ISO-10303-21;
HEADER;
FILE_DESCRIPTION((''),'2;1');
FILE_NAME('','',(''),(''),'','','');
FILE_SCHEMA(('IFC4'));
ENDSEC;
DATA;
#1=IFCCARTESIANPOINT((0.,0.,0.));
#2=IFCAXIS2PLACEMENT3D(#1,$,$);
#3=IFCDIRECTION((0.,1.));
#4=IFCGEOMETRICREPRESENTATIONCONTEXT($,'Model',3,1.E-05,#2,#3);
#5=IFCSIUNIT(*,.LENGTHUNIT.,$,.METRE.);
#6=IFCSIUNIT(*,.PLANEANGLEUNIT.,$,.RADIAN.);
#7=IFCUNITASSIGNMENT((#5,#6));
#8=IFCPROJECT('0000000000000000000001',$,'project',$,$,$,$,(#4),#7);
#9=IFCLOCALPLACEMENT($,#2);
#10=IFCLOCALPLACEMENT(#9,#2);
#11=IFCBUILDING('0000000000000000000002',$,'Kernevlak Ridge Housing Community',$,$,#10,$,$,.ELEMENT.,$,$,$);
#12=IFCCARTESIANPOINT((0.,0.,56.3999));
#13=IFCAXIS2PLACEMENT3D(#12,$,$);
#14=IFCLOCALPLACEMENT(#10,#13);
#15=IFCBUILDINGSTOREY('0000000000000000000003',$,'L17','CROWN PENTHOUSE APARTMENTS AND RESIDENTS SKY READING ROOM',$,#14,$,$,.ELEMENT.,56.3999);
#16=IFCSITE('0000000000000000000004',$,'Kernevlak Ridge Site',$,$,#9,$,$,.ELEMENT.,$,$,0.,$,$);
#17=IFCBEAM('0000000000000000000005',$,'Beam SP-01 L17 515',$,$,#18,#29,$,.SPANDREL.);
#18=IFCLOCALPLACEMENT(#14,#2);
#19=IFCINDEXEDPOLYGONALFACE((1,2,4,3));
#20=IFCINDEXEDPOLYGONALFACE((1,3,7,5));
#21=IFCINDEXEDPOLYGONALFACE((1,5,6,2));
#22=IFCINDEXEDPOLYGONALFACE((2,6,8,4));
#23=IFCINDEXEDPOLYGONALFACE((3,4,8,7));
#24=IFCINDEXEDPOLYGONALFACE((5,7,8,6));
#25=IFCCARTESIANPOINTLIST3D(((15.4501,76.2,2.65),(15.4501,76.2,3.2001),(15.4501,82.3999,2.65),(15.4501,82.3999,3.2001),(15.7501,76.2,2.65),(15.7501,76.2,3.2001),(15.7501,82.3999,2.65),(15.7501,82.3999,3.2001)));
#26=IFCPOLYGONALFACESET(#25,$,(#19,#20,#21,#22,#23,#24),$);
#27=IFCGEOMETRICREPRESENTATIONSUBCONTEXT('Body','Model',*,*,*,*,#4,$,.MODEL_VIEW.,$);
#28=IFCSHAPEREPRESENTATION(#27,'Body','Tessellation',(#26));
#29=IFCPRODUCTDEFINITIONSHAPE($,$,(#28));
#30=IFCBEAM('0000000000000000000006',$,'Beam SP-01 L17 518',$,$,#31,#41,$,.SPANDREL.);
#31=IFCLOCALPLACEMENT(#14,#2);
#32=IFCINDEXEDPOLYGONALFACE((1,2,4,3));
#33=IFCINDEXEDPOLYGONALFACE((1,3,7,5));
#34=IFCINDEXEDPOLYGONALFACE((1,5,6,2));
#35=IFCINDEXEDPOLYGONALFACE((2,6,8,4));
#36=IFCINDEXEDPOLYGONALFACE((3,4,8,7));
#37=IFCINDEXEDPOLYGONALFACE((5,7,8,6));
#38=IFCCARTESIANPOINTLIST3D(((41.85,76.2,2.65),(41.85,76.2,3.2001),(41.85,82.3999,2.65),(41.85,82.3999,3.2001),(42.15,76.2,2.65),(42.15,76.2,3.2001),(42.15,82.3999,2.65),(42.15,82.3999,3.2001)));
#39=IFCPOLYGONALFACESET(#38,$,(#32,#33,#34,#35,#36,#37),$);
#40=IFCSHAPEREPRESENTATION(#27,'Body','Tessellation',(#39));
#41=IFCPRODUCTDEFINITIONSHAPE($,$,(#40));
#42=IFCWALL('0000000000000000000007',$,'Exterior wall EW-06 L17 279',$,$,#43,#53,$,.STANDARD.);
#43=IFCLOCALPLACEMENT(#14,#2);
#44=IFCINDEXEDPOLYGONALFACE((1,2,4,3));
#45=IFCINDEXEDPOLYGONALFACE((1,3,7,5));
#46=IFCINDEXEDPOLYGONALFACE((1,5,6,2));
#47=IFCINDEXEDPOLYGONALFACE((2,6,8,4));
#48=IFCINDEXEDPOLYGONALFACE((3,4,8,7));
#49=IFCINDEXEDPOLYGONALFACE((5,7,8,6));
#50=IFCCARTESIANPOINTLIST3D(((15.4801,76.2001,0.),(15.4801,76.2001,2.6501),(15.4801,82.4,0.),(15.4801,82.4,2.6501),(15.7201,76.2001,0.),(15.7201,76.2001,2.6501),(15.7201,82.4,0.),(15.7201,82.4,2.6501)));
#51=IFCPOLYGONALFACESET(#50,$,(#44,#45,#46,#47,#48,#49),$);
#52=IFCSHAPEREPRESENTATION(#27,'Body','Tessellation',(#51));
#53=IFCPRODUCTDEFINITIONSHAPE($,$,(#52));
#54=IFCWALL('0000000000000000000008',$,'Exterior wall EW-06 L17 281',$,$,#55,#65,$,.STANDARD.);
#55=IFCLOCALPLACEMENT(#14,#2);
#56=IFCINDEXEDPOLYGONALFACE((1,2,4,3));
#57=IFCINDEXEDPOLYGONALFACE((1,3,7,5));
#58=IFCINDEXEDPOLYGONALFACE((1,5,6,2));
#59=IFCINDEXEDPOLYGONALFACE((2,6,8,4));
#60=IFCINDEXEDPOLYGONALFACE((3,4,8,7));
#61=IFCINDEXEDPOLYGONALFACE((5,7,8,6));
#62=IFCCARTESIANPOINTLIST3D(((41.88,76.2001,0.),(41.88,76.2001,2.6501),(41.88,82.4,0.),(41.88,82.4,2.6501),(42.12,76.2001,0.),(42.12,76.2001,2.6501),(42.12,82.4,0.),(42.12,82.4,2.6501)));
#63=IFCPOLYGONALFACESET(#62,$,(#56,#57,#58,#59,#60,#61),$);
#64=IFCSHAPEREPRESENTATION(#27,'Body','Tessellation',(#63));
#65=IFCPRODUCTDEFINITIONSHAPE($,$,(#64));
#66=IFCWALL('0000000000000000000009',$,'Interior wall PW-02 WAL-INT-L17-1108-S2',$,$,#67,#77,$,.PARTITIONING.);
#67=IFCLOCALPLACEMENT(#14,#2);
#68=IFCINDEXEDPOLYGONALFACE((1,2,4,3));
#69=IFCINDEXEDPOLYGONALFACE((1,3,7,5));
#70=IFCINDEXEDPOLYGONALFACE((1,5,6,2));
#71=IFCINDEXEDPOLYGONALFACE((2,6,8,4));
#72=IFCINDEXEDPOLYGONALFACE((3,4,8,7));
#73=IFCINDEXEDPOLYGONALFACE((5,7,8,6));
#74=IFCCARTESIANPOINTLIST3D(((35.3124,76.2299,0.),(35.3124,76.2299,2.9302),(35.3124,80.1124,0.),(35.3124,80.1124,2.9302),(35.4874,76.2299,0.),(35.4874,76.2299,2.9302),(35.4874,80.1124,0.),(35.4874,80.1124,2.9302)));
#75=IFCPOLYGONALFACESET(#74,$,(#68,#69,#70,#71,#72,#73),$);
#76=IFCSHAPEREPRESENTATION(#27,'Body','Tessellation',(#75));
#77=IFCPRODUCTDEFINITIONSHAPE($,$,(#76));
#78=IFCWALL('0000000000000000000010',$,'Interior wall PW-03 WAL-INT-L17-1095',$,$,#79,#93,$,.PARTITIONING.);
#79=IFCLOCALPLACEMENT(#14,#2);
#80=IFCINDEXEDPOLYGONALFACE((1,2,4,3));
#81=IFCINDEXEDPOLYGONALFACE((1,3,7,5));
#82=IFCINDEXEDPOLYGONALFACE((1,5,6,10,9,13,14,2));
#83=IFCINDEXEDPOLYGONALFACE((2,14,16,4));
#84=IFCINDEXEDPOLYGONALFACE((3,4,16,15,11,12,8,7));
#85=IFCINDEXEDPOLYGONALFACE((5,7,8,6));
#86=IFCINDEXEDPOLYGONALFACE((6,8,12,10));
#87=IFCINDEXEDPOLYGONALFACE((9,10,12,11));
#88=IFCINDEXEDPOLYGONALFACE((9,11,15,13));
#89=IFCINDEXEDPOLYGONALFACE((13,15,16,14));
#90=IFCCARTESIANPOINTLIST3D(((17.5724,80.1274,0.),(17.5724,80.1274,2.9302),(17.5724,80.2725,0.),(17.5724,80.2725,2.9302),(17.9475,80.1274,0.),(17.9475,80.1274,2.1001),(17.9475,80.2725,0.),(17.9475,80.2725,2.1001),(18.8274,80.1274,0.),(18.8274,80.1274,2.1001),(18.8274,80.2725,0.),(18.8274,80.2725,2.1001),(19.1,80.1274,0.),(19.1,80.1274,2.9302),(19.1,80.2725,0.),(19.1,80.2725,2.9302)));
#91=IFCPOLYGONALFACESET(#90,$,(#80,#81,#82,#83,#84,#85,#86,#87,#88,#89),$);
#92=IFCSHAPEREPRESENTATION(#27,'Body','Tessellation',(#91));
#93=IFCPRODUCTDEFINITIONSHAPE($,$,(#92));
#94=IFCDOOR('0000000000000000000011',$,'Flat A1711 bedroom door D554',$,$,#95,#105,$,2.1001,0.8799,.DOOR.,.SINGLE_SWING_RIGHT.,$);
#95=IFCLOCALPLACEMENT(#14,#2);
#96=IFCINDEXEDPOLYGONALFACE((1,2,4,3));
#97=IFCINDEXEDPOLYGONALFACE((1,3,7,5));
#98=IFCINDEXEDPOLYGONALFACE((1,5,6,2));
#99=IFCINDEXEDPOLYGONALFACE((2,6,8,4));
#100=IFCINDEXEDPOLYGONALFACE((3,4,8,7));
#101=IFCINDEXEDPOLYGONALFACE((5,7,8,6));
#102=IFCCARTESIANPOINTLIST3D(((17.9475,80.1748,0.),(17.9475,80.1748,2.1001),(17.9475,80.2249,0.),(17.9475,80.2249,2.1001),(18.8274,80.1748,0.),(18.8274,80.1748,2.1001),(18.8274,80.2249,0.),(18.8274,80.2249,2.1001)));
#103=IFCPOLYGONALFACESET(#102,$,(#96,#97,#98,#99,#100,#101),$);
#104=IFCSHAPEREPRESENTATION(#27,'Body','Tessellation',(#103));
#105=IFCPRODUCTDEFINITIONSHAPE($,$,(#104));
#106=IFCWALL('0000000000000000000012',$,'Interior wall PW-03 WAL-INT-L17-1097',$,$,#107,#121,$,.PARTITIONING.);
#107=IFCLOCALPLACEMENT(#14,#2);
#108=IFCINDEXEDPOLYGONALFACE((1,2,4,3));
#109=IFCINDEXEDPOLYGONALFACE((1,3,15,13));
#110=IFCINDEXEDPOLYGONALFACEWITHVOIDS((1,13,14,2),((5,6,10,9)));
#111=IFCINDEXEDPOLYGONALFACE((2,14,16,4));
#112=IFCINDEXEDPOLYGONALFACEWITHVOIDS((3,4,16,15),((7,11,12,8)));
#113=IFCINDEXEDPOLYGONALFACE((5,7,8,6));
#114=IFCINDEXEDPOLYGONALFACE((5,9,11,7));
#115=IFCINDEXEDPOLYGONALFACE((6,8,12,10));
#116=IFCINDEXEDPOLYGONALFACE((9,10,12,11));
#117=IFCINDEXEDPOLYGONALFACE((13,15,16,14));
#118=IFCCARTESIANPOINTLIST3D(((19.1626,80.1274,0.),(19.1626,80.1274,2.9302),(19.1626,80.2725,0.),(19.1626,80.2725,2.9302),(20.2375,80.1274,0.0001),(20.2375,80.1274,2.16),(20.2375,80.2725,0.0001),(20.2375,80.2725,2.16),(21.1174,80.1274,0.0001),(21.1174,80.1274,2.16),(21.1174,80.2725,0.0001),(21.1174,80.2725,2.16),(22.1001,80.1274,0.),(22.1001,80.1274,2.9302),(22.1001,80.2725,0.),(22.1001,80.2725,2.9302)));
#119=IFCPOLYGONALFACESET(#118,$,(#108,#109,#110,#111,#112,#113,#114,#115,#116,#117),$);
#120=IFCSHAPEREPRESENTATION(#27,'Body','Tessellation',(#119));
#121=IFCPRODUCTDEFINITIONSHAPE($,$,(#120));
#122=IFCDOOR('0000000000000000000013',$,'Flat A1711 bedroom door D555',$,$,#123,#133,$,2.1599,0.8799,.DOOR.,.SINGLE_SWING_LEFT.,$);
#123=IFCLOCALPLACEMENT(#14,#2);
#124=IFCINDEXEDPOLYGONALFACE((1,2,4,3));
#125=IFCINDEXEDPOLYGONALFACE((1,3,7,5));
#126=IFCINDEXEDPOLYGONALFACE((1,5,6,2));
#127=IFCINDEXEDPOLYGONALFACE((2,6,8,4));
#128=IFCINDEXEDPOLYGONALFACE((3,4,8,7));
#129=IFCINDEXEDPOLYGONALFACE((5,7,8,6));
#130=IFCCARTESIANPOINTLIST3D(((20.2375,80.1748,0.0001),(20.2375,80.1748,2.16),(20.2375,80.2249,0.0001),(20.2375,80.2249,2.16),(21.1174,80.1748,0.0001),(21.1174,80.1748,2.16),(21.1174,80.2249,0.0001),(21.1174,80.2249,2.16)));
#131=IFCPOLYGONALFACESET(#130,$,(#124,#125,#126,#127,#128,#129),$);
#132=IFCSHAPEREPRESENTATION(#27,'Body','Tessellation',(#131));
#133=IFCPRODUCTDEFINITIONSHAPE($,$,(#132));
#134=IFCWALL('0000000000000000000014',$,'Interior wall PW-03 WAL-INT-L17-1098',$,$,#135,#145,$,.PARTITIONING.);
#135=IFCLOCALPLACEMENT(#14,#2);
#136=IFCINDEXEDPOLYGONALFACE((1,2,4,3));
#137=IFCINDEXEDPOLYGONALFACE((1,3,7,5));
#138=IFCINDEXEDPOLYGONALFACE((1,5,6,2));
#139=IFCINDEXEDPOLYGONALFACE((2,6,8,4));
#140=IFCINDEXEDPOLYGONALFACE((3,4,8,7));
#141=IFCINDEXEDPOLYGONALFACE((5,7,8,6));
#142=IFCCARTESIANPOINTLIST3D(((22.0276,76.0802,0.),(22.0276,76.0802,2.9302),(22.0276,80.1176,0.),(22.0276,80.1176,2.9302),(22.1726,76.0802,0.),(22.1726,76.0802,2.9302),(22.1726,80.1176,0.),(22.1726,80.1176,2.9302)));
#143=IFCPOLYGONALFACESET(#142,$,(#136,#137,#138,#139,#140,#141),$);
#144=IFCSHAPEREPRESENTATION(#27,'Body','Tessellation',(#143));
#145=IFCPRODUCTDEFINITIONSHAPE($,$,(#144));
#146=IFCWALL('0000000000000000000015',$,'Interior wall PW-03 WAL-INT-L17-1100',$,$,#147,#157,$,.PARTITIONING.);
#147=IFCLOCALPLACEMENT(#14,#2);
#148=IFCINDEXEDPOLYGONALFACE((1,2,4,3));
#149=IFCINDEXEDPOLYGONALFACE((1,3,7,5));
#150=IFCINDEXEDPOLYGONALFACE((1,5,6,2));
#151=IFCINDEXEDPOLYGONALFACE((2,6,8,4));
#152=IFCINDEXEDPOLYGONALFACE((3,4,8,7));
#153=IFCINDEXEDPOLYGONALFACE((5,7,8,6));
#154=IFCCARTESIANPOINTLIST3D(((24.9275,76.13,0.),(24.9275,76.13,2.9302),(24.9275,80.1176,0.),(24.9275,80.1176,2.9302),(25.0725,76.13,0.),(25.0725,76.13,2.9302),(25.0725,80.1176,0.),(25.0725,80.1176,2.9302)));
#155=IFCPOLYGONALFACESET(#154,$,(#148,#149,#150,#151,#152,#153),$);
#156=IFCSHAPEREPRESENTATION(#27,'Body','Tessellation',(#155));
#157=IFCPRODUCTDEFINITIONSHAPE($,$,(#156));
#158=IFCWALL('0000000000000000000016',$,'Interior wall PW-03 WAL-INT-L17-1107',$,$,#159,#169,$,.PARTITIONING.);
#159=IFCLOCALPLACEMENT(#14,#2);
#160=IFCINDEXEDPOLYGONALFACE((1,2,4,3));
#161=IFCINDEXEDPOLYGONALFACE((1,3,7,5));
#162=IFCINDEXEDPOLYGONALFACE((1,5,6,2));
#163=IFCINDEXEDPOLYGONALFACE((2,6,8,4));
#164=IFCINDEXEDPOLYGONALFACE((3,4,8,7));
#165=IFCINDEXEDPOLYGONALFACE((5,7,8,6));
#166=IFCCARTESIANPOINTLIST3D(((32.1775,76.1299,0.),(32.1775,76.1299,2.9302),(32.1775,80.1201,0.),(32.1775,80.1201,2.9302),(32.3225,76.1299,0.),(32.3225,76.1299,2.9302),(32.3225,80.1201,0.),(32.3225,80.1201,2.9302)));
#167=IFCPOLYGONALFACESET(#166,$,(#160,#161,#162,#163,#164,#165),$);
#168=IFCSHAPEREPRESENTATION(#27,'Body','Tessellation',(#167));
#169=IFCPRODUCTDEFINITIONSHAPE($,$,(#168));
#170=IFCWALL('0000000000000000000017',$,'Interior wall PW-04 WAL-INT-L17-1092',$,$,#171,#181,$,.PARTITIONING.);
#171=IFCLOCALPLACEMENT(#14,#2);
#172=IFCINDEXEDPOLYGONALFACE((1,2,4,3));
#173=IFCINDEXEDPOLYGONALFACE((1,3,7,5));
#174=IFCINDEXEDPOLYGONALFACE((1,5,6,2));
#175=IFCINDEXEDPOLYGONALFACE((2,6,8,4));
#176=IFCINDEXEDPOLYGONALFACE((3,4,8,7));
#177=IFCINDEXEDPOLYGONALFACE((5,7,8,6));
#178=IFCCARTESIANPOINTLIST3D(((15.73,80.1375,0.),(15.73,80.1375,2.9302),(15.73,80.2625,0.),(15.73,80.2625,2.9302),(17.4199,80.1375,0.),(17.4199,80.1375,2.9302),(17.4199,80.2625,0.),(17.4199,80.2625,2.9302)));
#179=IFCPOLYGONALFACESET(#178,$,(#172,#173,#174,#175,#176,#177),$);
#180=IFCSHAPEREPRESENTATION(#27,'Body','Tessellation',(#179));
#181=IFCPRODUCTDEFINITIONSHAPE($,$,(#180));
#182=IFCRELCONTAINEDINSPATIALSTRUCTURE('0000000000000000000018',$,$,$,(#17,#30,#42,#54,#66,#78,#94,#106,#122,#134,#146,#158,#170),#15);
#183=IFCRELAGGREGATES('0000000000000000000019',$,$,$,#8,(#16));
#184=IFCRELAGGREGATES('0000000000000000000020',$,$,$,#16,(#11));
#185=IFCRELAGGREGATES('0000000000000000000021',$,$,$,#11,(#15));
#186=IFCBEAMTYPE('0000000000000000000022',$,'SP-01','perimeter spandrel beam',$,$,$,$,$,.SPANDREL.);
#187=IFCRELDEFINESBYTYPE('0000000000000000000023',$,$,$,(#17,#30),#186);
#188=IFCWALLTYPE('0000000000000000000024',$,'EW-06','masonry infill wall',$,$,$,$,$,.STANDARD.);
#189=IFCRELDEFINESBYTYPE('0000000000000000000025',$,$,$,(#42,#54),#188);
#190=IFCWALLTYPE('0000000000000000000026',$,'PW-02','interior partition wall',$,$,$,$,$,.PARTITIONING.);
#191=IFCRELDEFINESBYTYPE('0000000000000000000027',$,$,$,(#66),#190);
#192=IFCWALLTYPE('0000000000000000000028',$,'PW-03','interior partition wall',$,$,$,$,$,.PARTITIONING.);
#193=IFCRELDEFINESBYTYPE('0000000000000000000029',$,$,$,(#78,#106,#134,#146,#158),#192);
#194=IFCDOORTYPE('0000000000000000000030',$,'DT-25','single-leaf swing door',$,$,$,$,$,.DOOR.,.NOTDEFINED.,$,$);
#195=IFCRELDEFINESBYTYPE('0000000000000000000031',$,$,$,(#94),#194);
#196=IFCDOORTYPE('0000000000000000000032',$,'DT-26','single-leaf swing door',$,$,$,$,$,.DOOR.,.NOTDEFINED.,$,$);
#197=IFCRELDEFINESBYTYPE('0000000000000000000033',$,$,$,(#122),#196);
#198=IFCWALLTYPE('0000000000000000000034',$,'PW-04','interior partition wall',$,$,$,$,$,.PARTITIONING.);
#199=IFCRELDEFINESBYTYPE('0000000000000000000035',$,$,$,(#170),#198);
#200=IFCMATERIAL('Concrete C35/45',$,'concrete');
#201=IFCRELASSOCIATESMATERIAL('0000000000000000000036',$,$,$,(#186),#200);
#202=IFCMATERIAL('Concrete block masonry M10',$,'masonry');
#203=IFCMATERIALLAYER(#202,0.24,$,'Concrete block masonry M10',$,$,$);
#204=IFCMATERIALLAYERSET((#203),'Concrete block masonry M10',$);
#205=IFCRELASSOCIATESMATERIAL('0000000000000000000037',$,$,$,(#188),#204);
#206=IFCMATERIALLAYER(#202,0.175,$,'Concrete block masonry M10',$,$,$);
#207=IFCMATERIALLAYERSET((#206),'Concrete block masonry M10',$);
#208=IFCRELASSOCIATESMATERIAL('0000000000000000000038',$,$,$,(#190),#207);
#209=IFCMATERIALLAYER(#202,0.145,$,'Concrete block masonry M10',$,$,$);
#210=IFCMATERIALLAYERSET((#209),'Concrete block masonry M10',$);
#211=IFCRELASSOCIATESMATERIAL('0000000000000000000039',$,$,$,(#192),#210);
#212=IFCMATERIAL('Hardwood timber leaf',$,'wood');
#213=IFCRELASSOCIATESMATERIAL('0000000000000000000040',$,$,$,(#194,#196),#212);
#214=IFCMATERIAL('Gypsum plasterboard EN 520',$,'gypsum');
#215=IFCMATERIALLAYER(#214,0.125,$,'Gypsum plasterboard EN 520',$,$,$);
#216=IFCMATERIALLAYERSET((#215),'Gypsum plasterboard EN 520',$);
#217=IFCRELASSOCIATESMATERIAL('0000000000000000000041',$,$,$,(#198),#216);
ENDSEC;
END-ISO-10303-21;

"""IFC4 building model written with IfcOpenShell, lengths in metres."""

from ifc_helpers import new_model, si_unit, direction, frame, frame_2d, origin, origin_2d, place, context, subcontext, project, spatial, rectangle, extrude, material, layer, layer_set, material_profile, profile_set, type_object, element, fill, save


model = new_model("IFC4")

# Units and contexts
model_context = context("Model", 3, precision=1e-05, world=origin(), true_north=direction((0.0, 1.0)))
body_context = subcontext(model_context, "Body", "Model", "MODEL_VIEW")
ifc_project = project(units=[si_unit("LENGTHUNIT", "METRE"), si_unit("PLANEANGLEUNIT", "RADIAN")], contexts=[model_context])

# Site, building, storey
site_placement = place(None, origin())
site = spatial("IfcSite", under=ifc_project, at=site_placement, Name="Kernevlak Ridge Site", CompositionType="ELEMENT", RefElevation=0.0)
building_placement = place(site_placement, origin())
building = spatial("IfcBuilding", under=site, at=building_placement, Name="Kernevlak Ridge Housing Community", CompositionType="ELEMENT")
storey_placement = place(building_placement, frame((0.0, 0.0, 56.3999)))
storey = spatial("IfcBuildingStorey", under=building, at=storey_placement, Name="L17", Description="CROWN PENTHOUSE APARTMENTS AND RESIDENTS SKY READING ROOM", CompositionType="ELEMENT", Elevation=56.3999)

# Beams
ifc_material_1 = material(Name="Concrete C35/45", Category="concrete")
ifc_material_profile = material_profile(ifc_material_1, rectangle(XDim=0.3, YDim=0.55, at=origin_2d()), Name="RC 300x550")
ifc_profile_set = profile_set([ifc_material_profile], Name="Concrete C35/45")
beam_type = type_object("IfcBeamType", Name="SP-01", Description="perimeter spandrel beam", PredefinedType="SPANDREL", material=ifc_profile_set)
for number, where, z_axis, x_axis, name in (
    (1, (15.6001, 76.2, 2.925), (0.0, 1.0, 0.0), (-1.0, 0.0, 0.0), "Beam SP-01 L17 515"),
    (2, (42.0, 76.2, 2.925), (0.0, 1.0, 0.0), (-1.0, 0.0, 0.0), "Beam SP-01 L17 518"),
):
    element("IfcBeam", number, at=place(storey_placement, frame(where, z_axis=z_axis, x_axis=x_axis)), inside=storey, type_object=beam_type, Name=name, PredefinedType="SPANDREL", context=body_context, shape_type="SweptSolid", body=[
        extrude(rectangle(XDim=0.3, YDim=0.55, at=origin_2d()), origin(), (0.0, 0.0, 1.0), 6.2),
    ])

# Walls
ifc_material_2 = material(Name="Concrete block masonry M10", Category="masonry")
ifc_layer_1 = layer(ifc_material_2, 0.24, Name="Concrete block masonry M10")
ifc_layer_set_1 = layer_set([ifc_layer_1], Name="Concrete block masonry M10")
wall_type_1 = type_object("IfcWallType", Name="EW-06", Description="masonry infill wall", PredefinedType="STANDARD", material=ifc_layer_set_1)
for number, where, z_axis, x_axis, name in (
    (3, (15.6001, 76.2, 0.0), (0.0, 0.0, 1.0), (0.0, 1.0, 0.0), "Exterior wall EW-06 L17 279"),
    (4, (42.0, 76.2, 0.0), (0.0, 0.0, 1.0), (0.0, 1.0, 0.0), "Exterior wall EW-06 L17 281"),
):
    element("IfcWall", number, at=place(storey_placement, frame(where, z_axis=z_axis, x_axis=x_axis)), inside=storey, type_object=wall_type_1, Name=name, PredefinedType="STANDARD", context=body_context, shape_type="SweptSolid", body=[
        extrude(rectangle(XDim=6.2, YDim=0.24, at=frame_2d((3.1001, 0.0))), origin(), (0.0, 0.0, 1.0), 2.6501),
    ])
ifc_layer_2 = layer(ifc_material_2, 0.175, Name="Concrete block masonry M10")
ifc_layer_set_2 = layer_set([ifc_layer_2], Name="Concrete block masonry M10")
wall_type_2 = type_object("IfcWallType", Name="PW-02", Description="interior partition wall", PredefinedType="PARTITIONING", material=ifc_layer_set_2)
wall_1_placement = place(storey_placement, frame((35.3999, 80.1125, 0.0), z_axis=(0.0, 0.0, 1.0), x_axis=(0.0, -1.0, 0.0)))
element("IfcWall", 5, at=wall_1_placement, inside=storey, type_object=wall_type_2, Name="Interior wall PW-02 WAL-INT-L17-1108-S2", PredefinedType="PARTITIONING", context=body_context, shape_type="SweptSolid", body=[
    extrude(rectangle(XDim=3.8826, YDim=0.175, at=frame_2d((1.9414, 0.0))), origin(), (0.0, 0.0, 1.0), 2.9302),
])

# Walls, openings, doors
ifc_layer_3 = layer(ifc_material_2, 0.145, Name="Concrete block masonry M10")
ifc_layer_set_3 = layer_set([ifc_layer_3], Name="Concrete block masonry M10")
wall_type_3 = type_object("IfcWallType", Name="PW-03", Description="interior partition wall", PredefinedType="PARTITIONING", material=ifc_layer_set_3)
wall_2_placement = place(storey_placement, frame((17.5725, 80.2, 0.0), z_axis=(0.0, 0.0, 1.0), x_axis=(1.0, 0.0, 0.0)))
wall_2 = element("IfcWall", 6, at=wall_2_placement, inside=storey, type_object=wall_type_3, Name="Interior wall PW-03 WAL-INT-L17-1095", PredefinedType="PARTITIONING", context=body_context, shape_type="SweptSolid", body=[
    extrude(rectangle(XDim=1.5276, YDim=0.145, at=frame_2d((0.7637, 0.0))), origin(), (0.0, 0.0, 1.0), 2.9302),
])
opening_1_placement = place(wall_2_placement, frame((0.375, 0.0, 0.0)))
opening_1 = element("IfcOpeningElement", 7, at=opening_1_placement, cuts=wall_2, PredefinedType="OPENING", context=body_context, shape_type="SweptSolid", body=[
    extrude(rectangle(XDim=0.8799, YDim=2.1001, at=frame_2d((0.4399, 1.05))), frame((0.0, 0.0825, 0.0), z_axis=(0.0, -1.0, 0.0), x_axis=(1.0, 0.0, 0.0)), (0.0, 0.0, 1.0), 0.165),
])
ifc_material_3 = material(Name="Hardwood timber leaf", Category="wood")
door_type_1 = type_object("IfcDoorType", Name="DT-25", Description="single-leaf swing door", OperationType="NOTDEFINED", PredefinedType="DOOR", material=ifc_material_3)
door_1_placement = place(opening_1_placement, origin())
door_1 = element("IfcDoor", 8, at=door_1_placement, inside=storey, type_object=door_type_1, Name="Flat A1711 bedroom door D554", OperationType="SINGLE_SWING_RIGHT", OverallHeight=2.1001, OverallWidth=0.8799, PredefinedType="DOOR", context=body_context, shape_type="SweptSolid", body=[
    extrude(rectangle(XDim=0.8799, YDim=2.1001, at=frame_2d((0.4399, 1.05))), frame((0.0, 0.0249, 0.0), z_axis=(0.0, -1.0, 0.0), x_axis=(1.0, 0.0, 0.0)), (0.0, 0.0, 1.0), 0.05),
])
fill(opening_1, door_1)
wall_3_placement = place(storey_placement, frame((19.1626, 80.2, 0.0), z_axis=(0.0, 0.0, 1.0), x_axis=(1.0, 0.0, 0.0)))
wall_3 = element("IfcWall", 9, at=wall_3_placement, inside=storey, type_object=wall_type_3, Name="Interior wall PW-03 WAL-INT-L17-1097", PredefinedType="PARTITIONING", context=body_context, shape_type="SweptSolid", body=[
    extrude(rectangle(XDim=2.9375, YDim=0.145, at=frame_2d((1.4688, 0.0))), origin(), (0.0, 0.0, 1.0), 2.9302),
])
opening_2_placement = place(wall_3_placement, frame((1.075, 0.0, 0.0)))
opening_2 = element("IfcOpeningElement", 10, at=opening_2_placement, cuts=wall_3, PredefinedType="OPENING", context=body_context, shape_type="SweptSolid", body=[
    extrude(rectangle(XDim=0.8799, YDim=2.1599, at=frame_2d((0.4399, 1.0801))), frame((0.0, 0.0825, 0.0), z_axis=(0.0, -1.0, 0.0), x_axis=(1.0, 0.0, 0.0)), (0.0, 0.0, 1.0), 0.165),
])
door_type_2 = type_object("IfcDoorType", Name="DT-26", Description="single-leaf swing door", OperationType="NOTDEFINED", PredefinedType="DOOR", material=ifc_material_3)
door_2_placement = place(opening_2_placement, origin())
door_2 = element("IfcDoor", 11, at=door_2_placement, inside=storey, type_object=door_type_2, Name="Flat A1711 bedroom door D555", OperationType="SINGLE_SWING_LEFT", OverallHeight=2.1599, OverallWidth=0.8799, PredefinedType="DOOR", context=body_context, shape_type="SweptSolid", body=[
    extrude(rectangle(XDim=0.8799, YDim=2.1599, at=frame_2d((0.4399, 1.0801))), frame((0.0, 0.0249, 0.0), z_axis=(0.0, -1.0, 0.0), x_axis=(1.0, 0.0, 0.0)), (0.0, 0.0, 1.0), 0.05),
])
fill(opening_2, door_2)

# Wall
wall_4_placement = place(storey_placement, frame((22.1001, 80.1174, 0.0), z_axis=(0.0, 0.0, 1.0), x_axis=(0.0, -1.0, 0.0)))
element("IfcWall", 12, at=wall_4_placement, inside=storey, type_object=wall_type_3, Name="Interior wall PW-03 WAL-INT-L17-1098", PredefinedType="PARTITIONING", context=body_context, shape_type="SweptSolid", body=[
    extrude(rectangle(XDim=4.0374, YDim=0.145, at=frame_2d((2.0186, 0.0))), origin(), (0.0, 0.0, 1.0), 2.9302),
])

# Walls
wall_5_placement = place(storey_placement, frame((25.0, 80.1174, 0.0), z_axis=(0.0, 0.0, 1.0), x_axis=(0.0, -1.0, 0.0)))
element("IfcWall", 13, at=wall_5_placement, inside=storey, type_object=wall_type_3, Name="Interior wall PW-03 WAL-INT-L17-1100", PredefinedType="PARTITIONING", context=body_context, shape_type="SweptSolid", body=[
    extrude(rectangle(XDim=3.9875, YDim=0.145, at=frame_2d((1.9937, 0.0))), origin(), (0.0, 0.0, 1.0), 2.9302),
])
wall_6_placement = place(storey_placement, frame((32.25, 80.1201, 0.0), z_axis=(0.0, 0.0, 1.0), x_axis=(0.0, -1.0, 0.0)))
element("IfcWall", 14, at=wall_6_placement, inside=storey, type_object=wall_type_3, Name="Interior wall PW-03 WAL-INT-L17-1107", PredefinedType="PARTITIONING", context=body_context, shape_type="SweptSolid", body=[
    extrude(rectangle(XDim=3.9902, YDim=0.145, at=frame_2d((1.9951, 0.0))), origin(), (0.0, 0.0, 1.0), 2.9302),
])
ifc_material_4 = material(Name="Gypsum plasterboard EN 520", Category="gypsum")
ifc_layer_4 = layer(ifc_material_4, 0.125, Name="Gypsum plasterboard EN 520")
ifc_layer_set_4 = layer_set([ifc_layer_4], Name="Gypsum plasterboard EN 520")
wall_type_4 = type_object("IfcWallType", Name="PW-04", Description="interior partition wall", PredefinedType="PARTITIONING", material=ifc_layer_set_4)
wall_7_placement = place(storey_placement, frame((15.73, 80.2, 0.0), z_axis=(0.0, 0.0, 1.0), x_axis=(1.0, 0.0, 0.0)))
element("IfcWall", 15, at=wall_7_placement, inside=storey, type_object=wall_type_4, Name="Interior wall PW-04 WAL-INT-L17-1092", PredefinedType="PARTITIONING", context=body_context, shape_type="SweptSolid", body=[
    extrude(rectangle(XDim=1.6899, YDim=0.125, at=frame_2d((0.845, 0.0))), origin(), (0.0, 0.0, 1.0), 2.9302),
])

save(model, "model.ifc")
